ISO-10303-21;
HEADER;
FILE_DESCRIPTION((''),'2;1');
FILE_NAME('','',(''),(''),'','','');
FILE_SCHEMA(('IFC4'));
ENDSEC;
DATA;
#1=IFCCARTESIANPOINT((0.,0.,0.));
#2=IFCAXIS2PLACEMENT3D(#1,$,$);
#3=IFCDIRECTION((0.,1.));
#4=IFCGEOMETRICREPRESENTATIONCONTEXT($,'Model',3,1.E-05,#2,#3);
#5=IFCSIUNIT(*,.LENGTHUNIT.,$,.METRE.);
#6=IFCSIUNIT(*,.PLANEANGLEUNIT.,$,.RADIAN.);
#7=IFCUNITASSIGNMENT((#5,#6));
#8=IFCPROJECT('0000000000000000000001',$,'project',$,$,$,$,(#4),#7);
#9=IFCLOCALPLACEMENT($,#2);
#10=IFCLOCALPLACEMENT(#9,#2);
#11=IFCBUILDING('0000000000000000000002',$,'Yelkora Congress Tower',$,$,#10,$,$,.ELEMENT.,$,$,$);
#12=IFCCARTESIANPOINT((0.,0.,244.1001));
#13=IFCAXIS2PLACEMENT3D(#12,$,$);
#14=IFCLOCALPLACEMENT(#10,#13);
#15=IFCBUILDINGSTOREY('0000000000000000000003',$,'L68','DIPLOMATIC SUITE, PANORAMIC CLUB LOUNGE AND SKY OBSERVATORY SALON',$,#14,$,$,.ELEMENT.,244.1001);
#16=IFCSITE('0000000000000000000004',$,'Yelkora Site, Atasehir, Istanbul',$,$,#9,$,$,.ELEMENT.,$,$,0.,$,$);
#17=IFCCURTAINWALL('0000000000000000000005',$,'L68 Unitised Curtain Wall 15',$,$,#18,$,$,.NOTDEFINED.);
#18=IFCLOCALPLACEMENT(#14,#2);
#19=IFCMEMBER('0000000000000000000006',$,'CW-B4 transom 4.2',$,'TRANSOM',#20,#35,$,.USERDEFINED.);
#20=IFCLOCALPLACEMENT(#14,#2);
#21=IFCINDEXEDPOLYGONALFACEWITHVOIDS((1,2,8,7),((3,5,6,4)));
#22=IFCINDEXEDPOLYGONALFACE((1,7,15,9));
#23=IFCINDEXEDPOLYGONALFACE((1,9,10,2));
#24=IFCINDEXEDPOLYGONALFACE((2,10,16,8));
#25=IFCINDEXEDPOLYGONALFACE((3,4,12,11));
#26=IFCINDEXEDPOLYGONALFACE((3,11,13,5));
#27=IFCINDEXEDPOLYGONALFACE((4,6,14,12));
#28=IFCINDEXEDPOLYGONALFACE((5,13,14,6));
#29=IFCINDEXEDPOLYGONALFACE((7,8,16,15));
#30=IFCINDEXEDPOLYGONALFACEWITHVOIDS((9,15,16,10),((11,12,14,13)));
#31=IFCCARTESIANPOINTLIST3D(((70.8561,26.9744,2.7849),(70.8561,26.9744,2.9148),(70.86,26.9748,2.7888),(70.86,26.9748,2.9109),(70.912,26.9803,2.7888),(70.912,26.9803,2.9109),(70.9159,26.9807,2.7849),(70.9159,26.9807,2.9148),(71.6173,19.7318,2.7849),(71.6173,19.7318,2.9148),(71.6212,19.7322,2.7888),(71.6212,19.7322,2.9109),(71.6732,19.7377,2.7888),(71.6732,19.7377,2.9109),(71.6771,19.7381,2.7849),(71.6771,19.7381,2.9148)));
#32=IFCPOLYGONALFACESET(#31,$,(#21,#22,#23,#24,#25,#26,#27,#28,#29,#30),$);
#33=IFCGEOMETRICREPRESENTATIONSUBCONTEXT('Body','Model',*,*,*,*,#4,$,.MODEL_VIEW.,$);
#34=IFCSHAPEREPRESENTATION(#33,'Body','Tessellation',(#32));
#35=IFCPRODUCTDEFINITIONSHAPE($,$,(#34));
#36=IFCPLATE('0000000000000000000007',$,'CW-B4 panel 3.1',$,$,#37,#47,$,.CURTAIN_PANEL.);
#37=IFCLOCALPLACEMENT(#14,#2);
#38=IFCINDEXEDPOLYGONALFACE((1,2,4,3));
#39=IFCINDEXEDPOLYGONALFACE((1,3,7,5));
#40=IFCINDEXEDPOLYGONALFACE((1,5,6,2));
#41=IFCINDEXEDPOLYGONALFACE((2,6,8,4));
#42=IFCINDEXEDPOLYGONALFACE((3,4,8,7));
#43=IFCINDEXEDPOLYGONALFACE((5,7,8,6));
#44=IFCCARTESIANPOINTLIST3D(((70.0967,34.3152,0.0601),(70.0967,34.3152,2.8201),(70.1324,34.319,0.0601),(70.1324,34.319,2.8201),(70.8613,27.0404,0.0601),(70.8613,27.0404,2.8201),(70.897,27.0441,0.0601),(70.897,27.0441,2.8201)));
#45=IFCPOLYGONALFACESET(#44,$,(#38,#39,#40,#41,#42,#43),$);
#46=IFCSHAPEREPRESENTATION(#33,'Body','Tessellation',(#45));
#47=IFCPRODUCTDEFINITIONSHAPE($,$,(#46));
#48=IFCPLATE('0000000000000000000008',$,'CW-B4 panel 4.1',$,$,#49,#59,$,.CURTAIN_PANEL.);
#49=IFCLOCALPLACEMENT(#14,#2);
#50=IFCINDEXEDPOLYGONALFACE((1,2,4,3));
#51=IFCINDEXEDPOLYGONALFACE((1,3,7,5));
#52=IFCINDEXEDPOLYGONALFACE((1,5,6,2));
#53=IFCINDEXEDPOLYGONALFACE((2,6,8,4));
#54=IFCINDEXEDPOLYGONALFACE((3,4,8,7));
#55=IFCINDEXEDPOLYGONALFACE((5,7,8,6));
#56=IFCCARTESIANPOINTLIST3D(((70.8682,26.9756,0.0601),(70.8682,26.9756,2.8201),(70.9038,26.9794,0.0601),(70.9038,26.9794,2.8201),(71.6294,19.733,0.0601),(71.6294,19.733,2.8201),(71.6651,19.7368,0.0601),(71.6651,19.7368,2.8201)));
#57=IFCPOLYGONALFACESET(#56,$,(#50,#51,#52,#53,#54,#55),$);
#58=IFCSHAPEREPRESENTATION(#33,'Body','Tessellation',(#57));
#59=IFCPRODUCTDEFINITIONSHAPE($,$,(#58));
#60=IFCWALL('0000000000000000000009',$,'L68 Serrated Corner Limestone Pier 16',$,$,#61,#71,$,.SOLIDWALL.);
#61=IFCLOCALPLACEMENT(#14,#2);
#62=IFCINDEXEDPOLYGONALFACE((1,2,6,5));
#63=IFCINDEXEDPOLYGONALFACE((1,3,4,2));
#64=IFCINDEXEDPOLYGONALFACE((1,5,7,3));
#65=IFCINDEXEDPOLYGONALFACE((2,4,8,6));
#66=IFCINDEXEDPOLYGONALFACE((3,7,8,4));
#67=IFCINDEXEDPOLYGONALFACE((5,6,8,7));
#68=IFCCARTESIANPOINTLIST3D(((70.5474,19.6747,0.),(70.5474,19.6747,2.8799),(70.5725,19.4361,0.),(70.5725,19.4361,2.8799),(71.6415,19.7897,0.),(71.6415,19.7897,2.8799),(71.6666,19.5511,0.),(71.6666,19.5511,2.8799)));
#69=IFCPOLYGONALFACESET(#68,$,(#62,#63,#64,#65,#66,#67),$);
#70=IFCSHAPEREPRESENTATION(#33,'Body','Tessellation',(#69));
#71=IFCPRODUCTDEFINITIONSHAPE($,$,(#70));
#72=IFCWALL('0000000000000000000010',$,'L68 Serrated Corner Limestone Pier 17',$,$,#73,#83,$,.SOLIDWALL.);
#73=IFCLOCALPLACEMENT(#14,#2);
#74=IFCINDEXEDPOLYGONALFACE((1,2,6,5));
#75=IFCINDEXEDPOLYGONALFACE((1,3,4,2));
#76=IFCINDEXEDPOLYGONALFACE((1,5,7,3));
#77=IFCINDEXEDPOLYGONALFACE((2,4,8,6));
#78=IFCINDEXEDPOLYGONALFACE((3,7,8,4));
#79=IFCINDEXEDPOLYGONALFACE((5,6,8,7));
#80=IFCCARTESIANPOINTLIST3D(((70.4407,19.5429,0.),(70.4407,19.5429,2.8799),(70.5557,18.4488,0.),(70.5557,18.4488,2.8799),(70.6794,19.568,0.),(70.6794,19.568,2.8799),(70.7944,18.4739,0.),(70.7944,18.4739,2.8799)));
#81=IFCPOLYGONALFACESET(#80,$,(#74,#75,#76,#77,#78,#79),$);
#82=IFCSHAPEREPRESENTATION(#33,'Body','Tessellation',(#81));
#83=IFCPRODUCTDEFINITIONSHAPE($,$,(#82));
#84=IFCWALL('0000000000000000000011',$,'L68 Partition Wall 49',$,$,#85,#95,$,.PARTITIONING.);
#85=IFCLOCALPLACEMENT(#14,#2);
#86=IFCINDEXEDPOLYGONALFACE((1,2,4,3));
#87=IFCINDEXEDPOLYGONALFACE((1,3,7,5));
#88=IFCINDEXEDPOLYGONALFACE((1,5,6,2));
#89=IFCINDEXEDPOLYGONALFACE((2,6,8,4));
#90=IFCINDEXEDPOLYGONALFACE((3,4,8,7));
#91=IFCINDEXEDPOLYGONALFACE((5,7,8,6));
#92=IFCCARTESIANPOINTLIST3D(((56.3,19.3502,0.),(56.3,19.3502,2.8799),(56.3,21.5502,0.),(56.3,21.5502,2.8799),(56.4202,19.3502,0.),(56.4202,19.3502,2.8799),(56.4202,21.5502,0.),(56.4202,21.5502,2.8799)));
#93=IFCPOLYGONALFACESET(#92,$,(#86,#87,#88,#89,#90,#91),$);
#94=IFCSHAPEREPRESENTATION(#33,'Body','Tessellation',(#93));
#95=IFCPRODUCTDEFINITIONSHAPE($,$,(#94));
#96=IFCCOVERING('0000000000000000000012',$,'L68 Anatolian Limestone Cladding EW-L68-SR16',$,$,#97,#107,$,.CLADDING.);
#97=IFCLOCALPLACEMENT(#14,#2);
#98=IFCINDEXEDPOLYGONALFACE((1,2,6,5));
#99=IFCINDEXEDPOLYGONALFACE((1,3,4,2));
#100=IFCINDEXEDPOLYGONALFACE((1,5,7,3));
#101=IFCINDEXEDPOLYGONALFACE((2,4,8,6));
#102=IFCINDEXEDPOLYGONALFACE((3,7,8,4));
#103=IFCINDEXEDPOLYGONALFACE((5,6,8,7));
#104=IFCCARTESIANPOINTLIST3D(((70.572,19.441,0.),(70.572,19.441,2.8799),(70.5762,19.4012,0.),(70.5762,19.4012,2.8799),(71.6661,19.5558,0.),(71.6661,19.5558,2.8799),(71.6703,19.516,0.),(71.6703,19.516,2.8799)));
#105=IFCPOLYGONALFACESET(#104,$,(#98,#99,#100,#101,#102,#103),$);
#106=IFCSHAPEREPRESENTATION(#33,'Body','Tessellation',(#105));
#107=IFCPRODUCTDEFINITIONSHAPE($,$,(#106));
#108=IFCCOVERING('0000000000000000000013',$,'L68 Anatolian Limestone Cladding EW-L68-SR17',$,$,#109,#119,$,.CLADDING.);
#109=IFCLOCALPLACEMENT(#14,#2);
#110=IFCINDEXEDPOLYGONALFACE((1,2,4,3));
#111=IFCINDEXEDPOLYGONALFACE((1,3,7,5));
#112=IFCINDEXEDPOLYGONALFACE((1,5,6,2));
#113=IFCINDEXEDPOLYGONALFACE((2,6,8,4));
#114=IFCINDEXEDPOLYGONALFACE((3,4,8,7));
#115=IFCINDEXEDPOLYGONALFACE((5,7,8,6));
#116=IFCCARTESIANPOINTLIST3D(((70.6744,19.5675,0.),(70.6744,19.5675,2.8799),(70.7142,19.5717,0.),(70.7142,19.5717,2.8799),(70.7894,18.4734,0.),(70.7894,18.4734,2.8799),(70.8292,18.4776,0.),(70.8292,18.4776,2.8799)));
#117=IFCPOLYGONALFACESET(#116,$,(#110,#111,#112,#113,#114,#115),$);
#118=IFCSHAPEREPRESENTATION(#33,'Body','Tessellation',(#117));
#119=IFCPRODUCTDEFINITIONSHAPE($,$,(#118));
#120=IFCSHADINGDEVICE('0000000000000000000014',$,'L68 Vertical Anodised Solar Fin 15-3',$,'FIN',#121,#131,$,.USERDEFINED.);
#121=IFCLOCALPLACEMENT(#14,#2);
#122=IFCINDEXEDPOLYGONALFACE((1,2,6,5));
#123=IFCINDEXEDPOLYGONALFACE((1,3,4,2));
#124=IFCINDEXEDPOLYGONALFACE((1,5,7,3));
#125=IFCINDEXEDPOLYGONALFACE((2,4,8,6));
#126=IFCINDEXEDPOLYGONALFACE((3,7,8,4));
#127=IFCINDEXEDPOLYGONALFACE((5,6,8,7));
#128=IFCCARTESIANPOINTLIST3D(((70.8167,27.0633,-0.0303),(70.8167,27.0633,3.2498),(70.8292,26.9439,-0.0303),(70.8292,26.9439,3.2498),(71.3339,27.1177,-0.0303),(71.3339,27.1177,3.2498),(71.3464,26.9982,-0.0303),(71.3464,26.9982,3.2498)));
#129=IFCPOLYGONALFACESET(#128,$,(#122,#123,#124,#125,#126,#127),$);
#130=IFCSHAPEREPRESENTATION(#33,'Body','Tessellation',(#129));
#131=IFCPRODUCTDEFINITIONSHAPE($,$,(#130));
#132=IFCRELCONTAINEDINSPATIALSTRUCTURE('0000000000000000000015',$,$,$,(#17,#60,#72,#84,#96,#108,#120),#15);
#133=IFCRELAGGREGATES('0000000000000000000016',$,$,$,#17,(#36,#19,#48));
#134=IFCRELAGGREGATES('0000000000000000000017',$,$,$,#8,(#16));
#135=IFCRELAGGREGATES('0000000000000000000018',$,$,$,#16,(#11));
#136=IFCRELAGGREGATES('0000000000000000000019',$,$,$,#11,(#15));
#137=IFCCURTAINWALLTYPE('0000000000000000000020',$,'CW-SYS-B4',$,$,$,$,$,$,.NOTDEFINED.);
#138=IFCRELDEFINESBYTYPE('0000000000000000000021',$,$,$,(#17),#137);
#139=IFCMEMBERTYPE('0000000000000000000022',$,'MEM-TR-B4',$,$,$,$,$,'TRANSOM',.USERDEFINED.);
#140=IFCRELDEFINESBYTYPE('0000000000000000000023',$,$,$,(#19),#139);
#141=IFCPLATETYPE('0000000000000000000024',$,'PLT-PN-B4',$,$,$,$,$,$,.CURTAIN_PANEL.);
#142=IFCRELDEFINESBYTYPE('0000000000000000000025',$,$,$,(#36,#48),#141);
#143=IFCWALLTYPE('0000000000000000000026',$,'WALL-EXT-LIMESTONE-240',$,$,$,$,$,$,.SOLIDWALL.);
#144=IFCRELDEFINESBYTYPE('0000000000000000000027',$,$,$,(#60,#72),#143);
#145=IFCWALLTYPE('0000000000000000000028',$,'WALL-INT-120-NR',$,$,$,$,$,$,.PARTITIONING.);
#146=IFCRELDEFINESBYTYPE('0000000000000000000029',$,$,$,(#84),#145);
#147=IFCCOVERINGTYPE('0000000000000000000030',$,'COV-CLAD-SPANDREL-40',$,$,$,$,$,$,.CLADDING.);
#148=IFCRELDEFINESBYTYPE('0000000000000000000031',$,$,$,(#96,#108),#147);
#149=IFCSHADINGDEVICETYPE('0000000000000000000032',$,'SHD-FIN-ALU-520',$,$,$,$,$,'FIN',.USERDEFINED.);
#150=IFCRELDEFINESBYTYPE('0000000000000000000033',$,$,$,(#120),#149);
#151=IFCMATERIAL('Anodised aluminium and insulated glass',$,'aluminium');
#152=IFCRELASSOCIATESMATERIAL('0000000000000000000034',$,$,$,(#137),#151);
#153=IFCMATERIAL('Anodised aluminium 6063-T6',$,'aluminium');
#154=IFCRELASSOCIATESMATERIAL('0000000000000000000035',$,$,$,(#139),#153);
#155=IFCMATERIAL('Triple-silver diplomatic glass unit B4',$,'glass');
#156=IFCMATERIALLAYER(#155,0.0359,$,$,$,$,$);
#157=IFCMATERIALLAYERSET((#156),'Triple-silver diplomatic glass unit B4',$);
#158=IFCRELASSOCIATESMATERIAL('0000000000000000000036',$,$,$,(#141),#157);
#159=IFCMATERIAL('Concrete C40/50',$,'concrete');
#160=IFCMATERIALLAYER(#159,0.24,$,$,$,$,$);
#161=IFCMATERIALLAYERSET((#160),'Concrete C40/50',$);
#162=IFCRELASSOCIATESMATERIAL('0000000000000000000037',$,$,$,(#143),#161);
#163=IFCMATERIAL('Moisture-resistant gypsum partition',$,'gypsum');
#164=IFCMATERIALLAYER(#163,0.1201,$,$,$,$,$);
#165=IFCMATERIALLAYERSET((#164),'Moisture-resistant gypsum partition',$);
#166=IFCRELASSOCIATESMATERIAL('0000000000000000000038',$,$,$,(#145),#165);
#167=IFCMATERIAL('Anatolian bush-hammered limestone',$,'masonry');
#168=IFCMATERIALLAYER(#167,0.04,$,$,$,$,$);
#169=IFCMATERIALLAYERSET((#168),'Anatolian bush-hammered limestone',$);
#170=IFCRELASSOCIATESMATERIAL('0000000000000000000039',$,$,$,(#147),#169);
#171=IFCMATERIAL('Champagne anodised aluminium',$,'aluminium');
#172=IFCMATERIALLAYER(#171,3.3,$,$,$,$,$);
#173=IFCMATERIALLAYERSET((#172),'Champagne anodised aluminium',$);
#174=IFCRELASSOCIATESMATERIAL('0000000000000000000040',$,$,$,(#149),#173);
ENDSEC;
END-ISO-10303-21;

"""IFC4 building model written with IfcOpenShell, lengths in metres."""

from ifc_helpers import new_model, si_unit, direction, frame, frame_2d, origin, origin_2d, place, context, subcontext, project, spatial, rectangle, hollow_rectangle, extrude, material, layer, layer_set, material_profile, profile_set, type_object, element, aggregate, save


model = new_model("IFC4")

# Units and contexts
model_context = context("Model", 3, precision=1e-05, world=origin(), true_north=direction((0.0, 1.0)))
body_context = subcontext(model_context, "Body", "Model", "MODEL_VIEW")
ifc_project = project(units=[si_unit("LENGTHUNIT", "METRE"), si_unit("PLANEANGLEUNIT", "RADIAN")], contexts=[model_context])

# Site, building, storey
site_placement = place(None, origin())
site = spatial("IfcSite", under=ifc_project, at=site_placement, Name="Yelkora Site, Atasehir, Istanbul", CompositionType="ELEMENT", RefElevation=0.0)
building_placement = place(site_placement, origin())
building = spatial("IfcBuilding", under=site, at=building_placement, Name="Yelkora Congress Tower", CompositionType="ELEMENT")
storey_placement = place(building_placement, frame((0.0, 0.0, 244.1001)))
storey = spatial("IfcBuildingStorey", under=building, at=storey_placement, Name="L68", Description="DIPLOMATIC SUITE, PANORAMIC CLUB LOUNGE AND SKY OBSERVATORY SALON", CompositionType="ELEMENT", Elevation=244.1001)

# Curtain wall, member, plates
ifc_material_1 = material(Name="Anodised aluminium and insulated glass", Category="aluminium")
curtain_wall_type = type_object("IfcCurtainWallType", Name="CW-SYS-B4", PredefinedType="NOTDEFINED", material=ifc_material_1)
curtain_wall_placement = place(storey_placement, origin())
curtain_wall = element("IfcCurtainWall", 1, at=curtain_wall_placement, inside=storey, type_object=curtain_wall_type, Name="L68 Unitised Curtain Wall 15", PredefinedType="NOTDEFINED")
ifc_material_2 = material(Name="Anodised aluminium 6063-T6", Category="aluminium")
ifc_material_profile_1 = material_profile(ifc_material_2, hollow_rectangle(XDim=0.0601, YDim=0.1299, WallThickness=0.0039, at=origin_2d()), Name="ALU 60x130x4")
ifc_profile_set_1 = profile_set([ifc_material_profile_1], Name="Anodised aluminium 6063-T6")
member_type_1 = type_object("IfcMemberType", Name="MEM-TR-B4", ElementType="TRANSOM", PredefinedType="USERDEFINED", material=ifc_profile_set_1)
member_1_placement = place(storey_placement, frame((70.886, 26.9775, 2.8499), z_axis=(0.104528, -0.994522, 0.0), x_axis=(0.994522, 0.104528, 0.0)))
member_1 = element("IfcMember", 2, at=member_1_placement, type_object=member_type_1, Name="CW-B4 transom 4.2", ObjectType="TRANSOM", PredefinedType="USERDEFINED", context=body_context, shape_type="SweptSolid", body=[
    extrude(hollow_rectangle(XDim=0.0601, YDim=0.1299, WallThickness=0.0039, at=origin_2d()), origin(), (0.0, 0.0, 1.0), 7.2825),
])
ifc_material_3 = material(Name="Triple-silver diplomatic glass unit B4", Category="glass")
ifc_layer_1 = layer(ifc_material_3, 0.0359)
ifc_layer_set_1 = layer_set([ifc_layer_1], Name="Triple-silver diplomatic glass unit B4")
plate_type = type_object("IfcPlateType", Name="PLT-PN-B4", PredefinedType="CURTAIN_PANEL", material=ifc_layer_set_1)
plate_1_placement = place(storey_placement, frame((70.4968, 30.6797, 0.0601), z_axis=(0.0, 0.0, 1.0), x_axis=(0.104526, -0.994522, 0.0)))
plate_1 = element("IfcPlate", 3, at=plate_1_placement, type_object=plate_type, Name="CW-B4 panel 3.1", PredefinedType="CURTAIN_PANEL", context=body_context, shape_type="SweptSolid", body=[
    extrude(rectangle(XDim=7.3149, YDim=0.0359, at=origin_2d()), origin(), (0.0, 0.0, 1.0), 2.76),
])
plate_2_placement = place(storey_placement, frame((71.2666, 23.3562, 0.0601), z_axis=(0.0, 0.0, 1.0), x_axis=(0.104526, -0.994522, 0.0)))
plate_2 = element("IfcPlate", 4, at=plate_2_placement, type_object=plate_type, Name="CW-B4 panel 4.1", PredefinedType="CURTAIN_PANEL", context=body_context, shape_type="SweptSolid", body=[
    extrude(rectangle(XDim=7.2825, YDim=0.0359, at=origin_2d()), origin(), (0.0, 0.0, 1.0), 2.76),
])
aggregate(curtain_wall, [plate_1, member_1, plate_2])

# Walls
ifc_material_4 = material(Name="Concrete C40/50", Category="concrete")
ifc_layer_2 = layer(ifc_material_4, 0.24)
ifc_layer_set_2 = layer_set([ifc_layer_2], Name="Concrete C40/50")
wall_type_1 = type_object("IfcWallType", Name="WALL-EXT-LIMESTONE-240", PredefinedType="SOLIDWALL", material=ifc_layer_set_2)
for number, where, z_axis, x_axis, name in (
    (5, (71.6541, 19.6704, 0.0), (0.0, 0.0, 1.0), (-0.994521, -0.104535, 0.0), "L68 Serrated Corner Limestone Pier 16"),
    (6, (70.5601, 19.5554, 0.0), (0.0, 0.0, 1.0), (0.104535, -0.994521, 0.0), "L68 Serrated Corner Limestone Pier 17"),
):
    element("IfcWall", number, at=place(storey_placement, frame(where, z_axis=z_axis, x_axis=x_axis)), inside=storey, type_object=wall_type_1, Name=name, PredefinedType="SOLIDWALL", context=body_context, shape_type="SweptSolid", body=[
        extrude(rectangle(XDim=1.1001, YDim=0.24, at=frame_2d((0.55, 0.0))), origin(), (0.0, 0.0, 1.0), 2.8799),
    ])
ifc_material_5 = material(Name="Moisture-resistant gypsum partition", Category="gypsum")
ifc_layer_3 = layer(ifc_material_5, 0.1201)
ifc_layer_set_3 = layer_set([ifc_layer_3], Name="Moisture-resistant gypsum partition")
wall_type_2 = type_object("IfcWallType", Name="WALL-INT-120-NR", PredefinedType="PARTITIONING", material=ifc_layer_set_3)
wall_placement = place(storey_placement, frame((56.3601, 19.3501, 0.0), z_axis=(0.0, 0.0, 1.0), x_axis=(0.0, 1.0, 0.0)))
element("IfcWall", 7, at=wall_placement, inside=storey, type_object=wall_type_2, Name="L68 Partition Wall 49", PredefinedType="PARTITIONING", context=body_context, shape_type="SweptSolid", body=[
    extrude(rectangle(XDim=2.2, YDim=0.1201, at=frame_2d((1.1001, 0.0))), origin(), (0.0, 0.0, 1.0), 2.8799),
])

# Coverings
ifc_material_6 = material(Name="Anatolian bush-hammered limestone", Category="masonry")
ifc_layer_4 = layer(ifc_material_6, 0.04)
ifc_layer_set_4 = layer_set([ifc_layer_4], Name="Anatolian bush-hammered limestone")
covering_type = type_object("IfcCoveringType", Name="COV-CLAD-SPANDREL-40", PredefinedType="CLADDING", material=ifc_layer_set_4)
for number, where, z_axis, x_axis, name in (
    (8, (71.6682, 19.5359, 0.0), (0.0, 0.0, 1.0), (-0.994544, -0.104315, 0.0), "L68 Anatolian Limestone Cladding EW-L68-SR16"),
    (9, (70.6943, 19.5696, 0.0), (0.0, 0.0, 1.0), (0.104535, -0.994521, 0.0), "L68 Anatolian Limestone Cladding EW-L68-SR17"),
):
    element("IfcCovering", number, at=place(storey_placement, frame(where, z_axis=z_axis, x_axis=x_axis)), inside=storey, type_object=covering_type, Name=name, PredefinedType="CLADDING", context=body_context, shape_type="SweptSolid", body=[
        extrude(rectangle(XDim=1.1001, YDim=0.04, at=frame_2d((0.55, 0.0))), origin(), (0.0, 0.0, 1.0), 2.8799),
    ])

# Shading device
ifc_material_7 = material(Name="Champagne anodised aluminium", Category="aluminium")
ifc_layer_5 = layer(ifc_material_7, 3.3)
ifc_layer_set_5 = layer_set([ifc_layer_5], Name="Champagne anodised aluminium")
shading_device_type = type_object("IfcShadingDeviceType", Name="SHD-FIN-ALU-520", ElementType="FIN", PredefinedType="USERDEFINED", material=ifc_layer_set_5)
shading_device_placement = place(storey_placement, frame((71.0815, 27.0308, -0.0303), z_axis=(0.0, 0.0, 1.0), x_axis=(0.104528, -0.994522, 0.0)))
element("IfcShadingDevice", 10, at=shading_device_placement, inside=storey, type_object=shading_device_type, Name="L68 Vertical Anodised Solar Fin 15-3", ObjectType="FIN", PredefinedType="USERDEFINED", context=body_context, shape_type="SweptSolid", body=[
    extrude(rectangle(XDim=0.1201, YDim=0.52, at=origin_2d()), origin(), (0.0, 0.0, 1.0), 3.28),
])

save(model, "model.ifc")
